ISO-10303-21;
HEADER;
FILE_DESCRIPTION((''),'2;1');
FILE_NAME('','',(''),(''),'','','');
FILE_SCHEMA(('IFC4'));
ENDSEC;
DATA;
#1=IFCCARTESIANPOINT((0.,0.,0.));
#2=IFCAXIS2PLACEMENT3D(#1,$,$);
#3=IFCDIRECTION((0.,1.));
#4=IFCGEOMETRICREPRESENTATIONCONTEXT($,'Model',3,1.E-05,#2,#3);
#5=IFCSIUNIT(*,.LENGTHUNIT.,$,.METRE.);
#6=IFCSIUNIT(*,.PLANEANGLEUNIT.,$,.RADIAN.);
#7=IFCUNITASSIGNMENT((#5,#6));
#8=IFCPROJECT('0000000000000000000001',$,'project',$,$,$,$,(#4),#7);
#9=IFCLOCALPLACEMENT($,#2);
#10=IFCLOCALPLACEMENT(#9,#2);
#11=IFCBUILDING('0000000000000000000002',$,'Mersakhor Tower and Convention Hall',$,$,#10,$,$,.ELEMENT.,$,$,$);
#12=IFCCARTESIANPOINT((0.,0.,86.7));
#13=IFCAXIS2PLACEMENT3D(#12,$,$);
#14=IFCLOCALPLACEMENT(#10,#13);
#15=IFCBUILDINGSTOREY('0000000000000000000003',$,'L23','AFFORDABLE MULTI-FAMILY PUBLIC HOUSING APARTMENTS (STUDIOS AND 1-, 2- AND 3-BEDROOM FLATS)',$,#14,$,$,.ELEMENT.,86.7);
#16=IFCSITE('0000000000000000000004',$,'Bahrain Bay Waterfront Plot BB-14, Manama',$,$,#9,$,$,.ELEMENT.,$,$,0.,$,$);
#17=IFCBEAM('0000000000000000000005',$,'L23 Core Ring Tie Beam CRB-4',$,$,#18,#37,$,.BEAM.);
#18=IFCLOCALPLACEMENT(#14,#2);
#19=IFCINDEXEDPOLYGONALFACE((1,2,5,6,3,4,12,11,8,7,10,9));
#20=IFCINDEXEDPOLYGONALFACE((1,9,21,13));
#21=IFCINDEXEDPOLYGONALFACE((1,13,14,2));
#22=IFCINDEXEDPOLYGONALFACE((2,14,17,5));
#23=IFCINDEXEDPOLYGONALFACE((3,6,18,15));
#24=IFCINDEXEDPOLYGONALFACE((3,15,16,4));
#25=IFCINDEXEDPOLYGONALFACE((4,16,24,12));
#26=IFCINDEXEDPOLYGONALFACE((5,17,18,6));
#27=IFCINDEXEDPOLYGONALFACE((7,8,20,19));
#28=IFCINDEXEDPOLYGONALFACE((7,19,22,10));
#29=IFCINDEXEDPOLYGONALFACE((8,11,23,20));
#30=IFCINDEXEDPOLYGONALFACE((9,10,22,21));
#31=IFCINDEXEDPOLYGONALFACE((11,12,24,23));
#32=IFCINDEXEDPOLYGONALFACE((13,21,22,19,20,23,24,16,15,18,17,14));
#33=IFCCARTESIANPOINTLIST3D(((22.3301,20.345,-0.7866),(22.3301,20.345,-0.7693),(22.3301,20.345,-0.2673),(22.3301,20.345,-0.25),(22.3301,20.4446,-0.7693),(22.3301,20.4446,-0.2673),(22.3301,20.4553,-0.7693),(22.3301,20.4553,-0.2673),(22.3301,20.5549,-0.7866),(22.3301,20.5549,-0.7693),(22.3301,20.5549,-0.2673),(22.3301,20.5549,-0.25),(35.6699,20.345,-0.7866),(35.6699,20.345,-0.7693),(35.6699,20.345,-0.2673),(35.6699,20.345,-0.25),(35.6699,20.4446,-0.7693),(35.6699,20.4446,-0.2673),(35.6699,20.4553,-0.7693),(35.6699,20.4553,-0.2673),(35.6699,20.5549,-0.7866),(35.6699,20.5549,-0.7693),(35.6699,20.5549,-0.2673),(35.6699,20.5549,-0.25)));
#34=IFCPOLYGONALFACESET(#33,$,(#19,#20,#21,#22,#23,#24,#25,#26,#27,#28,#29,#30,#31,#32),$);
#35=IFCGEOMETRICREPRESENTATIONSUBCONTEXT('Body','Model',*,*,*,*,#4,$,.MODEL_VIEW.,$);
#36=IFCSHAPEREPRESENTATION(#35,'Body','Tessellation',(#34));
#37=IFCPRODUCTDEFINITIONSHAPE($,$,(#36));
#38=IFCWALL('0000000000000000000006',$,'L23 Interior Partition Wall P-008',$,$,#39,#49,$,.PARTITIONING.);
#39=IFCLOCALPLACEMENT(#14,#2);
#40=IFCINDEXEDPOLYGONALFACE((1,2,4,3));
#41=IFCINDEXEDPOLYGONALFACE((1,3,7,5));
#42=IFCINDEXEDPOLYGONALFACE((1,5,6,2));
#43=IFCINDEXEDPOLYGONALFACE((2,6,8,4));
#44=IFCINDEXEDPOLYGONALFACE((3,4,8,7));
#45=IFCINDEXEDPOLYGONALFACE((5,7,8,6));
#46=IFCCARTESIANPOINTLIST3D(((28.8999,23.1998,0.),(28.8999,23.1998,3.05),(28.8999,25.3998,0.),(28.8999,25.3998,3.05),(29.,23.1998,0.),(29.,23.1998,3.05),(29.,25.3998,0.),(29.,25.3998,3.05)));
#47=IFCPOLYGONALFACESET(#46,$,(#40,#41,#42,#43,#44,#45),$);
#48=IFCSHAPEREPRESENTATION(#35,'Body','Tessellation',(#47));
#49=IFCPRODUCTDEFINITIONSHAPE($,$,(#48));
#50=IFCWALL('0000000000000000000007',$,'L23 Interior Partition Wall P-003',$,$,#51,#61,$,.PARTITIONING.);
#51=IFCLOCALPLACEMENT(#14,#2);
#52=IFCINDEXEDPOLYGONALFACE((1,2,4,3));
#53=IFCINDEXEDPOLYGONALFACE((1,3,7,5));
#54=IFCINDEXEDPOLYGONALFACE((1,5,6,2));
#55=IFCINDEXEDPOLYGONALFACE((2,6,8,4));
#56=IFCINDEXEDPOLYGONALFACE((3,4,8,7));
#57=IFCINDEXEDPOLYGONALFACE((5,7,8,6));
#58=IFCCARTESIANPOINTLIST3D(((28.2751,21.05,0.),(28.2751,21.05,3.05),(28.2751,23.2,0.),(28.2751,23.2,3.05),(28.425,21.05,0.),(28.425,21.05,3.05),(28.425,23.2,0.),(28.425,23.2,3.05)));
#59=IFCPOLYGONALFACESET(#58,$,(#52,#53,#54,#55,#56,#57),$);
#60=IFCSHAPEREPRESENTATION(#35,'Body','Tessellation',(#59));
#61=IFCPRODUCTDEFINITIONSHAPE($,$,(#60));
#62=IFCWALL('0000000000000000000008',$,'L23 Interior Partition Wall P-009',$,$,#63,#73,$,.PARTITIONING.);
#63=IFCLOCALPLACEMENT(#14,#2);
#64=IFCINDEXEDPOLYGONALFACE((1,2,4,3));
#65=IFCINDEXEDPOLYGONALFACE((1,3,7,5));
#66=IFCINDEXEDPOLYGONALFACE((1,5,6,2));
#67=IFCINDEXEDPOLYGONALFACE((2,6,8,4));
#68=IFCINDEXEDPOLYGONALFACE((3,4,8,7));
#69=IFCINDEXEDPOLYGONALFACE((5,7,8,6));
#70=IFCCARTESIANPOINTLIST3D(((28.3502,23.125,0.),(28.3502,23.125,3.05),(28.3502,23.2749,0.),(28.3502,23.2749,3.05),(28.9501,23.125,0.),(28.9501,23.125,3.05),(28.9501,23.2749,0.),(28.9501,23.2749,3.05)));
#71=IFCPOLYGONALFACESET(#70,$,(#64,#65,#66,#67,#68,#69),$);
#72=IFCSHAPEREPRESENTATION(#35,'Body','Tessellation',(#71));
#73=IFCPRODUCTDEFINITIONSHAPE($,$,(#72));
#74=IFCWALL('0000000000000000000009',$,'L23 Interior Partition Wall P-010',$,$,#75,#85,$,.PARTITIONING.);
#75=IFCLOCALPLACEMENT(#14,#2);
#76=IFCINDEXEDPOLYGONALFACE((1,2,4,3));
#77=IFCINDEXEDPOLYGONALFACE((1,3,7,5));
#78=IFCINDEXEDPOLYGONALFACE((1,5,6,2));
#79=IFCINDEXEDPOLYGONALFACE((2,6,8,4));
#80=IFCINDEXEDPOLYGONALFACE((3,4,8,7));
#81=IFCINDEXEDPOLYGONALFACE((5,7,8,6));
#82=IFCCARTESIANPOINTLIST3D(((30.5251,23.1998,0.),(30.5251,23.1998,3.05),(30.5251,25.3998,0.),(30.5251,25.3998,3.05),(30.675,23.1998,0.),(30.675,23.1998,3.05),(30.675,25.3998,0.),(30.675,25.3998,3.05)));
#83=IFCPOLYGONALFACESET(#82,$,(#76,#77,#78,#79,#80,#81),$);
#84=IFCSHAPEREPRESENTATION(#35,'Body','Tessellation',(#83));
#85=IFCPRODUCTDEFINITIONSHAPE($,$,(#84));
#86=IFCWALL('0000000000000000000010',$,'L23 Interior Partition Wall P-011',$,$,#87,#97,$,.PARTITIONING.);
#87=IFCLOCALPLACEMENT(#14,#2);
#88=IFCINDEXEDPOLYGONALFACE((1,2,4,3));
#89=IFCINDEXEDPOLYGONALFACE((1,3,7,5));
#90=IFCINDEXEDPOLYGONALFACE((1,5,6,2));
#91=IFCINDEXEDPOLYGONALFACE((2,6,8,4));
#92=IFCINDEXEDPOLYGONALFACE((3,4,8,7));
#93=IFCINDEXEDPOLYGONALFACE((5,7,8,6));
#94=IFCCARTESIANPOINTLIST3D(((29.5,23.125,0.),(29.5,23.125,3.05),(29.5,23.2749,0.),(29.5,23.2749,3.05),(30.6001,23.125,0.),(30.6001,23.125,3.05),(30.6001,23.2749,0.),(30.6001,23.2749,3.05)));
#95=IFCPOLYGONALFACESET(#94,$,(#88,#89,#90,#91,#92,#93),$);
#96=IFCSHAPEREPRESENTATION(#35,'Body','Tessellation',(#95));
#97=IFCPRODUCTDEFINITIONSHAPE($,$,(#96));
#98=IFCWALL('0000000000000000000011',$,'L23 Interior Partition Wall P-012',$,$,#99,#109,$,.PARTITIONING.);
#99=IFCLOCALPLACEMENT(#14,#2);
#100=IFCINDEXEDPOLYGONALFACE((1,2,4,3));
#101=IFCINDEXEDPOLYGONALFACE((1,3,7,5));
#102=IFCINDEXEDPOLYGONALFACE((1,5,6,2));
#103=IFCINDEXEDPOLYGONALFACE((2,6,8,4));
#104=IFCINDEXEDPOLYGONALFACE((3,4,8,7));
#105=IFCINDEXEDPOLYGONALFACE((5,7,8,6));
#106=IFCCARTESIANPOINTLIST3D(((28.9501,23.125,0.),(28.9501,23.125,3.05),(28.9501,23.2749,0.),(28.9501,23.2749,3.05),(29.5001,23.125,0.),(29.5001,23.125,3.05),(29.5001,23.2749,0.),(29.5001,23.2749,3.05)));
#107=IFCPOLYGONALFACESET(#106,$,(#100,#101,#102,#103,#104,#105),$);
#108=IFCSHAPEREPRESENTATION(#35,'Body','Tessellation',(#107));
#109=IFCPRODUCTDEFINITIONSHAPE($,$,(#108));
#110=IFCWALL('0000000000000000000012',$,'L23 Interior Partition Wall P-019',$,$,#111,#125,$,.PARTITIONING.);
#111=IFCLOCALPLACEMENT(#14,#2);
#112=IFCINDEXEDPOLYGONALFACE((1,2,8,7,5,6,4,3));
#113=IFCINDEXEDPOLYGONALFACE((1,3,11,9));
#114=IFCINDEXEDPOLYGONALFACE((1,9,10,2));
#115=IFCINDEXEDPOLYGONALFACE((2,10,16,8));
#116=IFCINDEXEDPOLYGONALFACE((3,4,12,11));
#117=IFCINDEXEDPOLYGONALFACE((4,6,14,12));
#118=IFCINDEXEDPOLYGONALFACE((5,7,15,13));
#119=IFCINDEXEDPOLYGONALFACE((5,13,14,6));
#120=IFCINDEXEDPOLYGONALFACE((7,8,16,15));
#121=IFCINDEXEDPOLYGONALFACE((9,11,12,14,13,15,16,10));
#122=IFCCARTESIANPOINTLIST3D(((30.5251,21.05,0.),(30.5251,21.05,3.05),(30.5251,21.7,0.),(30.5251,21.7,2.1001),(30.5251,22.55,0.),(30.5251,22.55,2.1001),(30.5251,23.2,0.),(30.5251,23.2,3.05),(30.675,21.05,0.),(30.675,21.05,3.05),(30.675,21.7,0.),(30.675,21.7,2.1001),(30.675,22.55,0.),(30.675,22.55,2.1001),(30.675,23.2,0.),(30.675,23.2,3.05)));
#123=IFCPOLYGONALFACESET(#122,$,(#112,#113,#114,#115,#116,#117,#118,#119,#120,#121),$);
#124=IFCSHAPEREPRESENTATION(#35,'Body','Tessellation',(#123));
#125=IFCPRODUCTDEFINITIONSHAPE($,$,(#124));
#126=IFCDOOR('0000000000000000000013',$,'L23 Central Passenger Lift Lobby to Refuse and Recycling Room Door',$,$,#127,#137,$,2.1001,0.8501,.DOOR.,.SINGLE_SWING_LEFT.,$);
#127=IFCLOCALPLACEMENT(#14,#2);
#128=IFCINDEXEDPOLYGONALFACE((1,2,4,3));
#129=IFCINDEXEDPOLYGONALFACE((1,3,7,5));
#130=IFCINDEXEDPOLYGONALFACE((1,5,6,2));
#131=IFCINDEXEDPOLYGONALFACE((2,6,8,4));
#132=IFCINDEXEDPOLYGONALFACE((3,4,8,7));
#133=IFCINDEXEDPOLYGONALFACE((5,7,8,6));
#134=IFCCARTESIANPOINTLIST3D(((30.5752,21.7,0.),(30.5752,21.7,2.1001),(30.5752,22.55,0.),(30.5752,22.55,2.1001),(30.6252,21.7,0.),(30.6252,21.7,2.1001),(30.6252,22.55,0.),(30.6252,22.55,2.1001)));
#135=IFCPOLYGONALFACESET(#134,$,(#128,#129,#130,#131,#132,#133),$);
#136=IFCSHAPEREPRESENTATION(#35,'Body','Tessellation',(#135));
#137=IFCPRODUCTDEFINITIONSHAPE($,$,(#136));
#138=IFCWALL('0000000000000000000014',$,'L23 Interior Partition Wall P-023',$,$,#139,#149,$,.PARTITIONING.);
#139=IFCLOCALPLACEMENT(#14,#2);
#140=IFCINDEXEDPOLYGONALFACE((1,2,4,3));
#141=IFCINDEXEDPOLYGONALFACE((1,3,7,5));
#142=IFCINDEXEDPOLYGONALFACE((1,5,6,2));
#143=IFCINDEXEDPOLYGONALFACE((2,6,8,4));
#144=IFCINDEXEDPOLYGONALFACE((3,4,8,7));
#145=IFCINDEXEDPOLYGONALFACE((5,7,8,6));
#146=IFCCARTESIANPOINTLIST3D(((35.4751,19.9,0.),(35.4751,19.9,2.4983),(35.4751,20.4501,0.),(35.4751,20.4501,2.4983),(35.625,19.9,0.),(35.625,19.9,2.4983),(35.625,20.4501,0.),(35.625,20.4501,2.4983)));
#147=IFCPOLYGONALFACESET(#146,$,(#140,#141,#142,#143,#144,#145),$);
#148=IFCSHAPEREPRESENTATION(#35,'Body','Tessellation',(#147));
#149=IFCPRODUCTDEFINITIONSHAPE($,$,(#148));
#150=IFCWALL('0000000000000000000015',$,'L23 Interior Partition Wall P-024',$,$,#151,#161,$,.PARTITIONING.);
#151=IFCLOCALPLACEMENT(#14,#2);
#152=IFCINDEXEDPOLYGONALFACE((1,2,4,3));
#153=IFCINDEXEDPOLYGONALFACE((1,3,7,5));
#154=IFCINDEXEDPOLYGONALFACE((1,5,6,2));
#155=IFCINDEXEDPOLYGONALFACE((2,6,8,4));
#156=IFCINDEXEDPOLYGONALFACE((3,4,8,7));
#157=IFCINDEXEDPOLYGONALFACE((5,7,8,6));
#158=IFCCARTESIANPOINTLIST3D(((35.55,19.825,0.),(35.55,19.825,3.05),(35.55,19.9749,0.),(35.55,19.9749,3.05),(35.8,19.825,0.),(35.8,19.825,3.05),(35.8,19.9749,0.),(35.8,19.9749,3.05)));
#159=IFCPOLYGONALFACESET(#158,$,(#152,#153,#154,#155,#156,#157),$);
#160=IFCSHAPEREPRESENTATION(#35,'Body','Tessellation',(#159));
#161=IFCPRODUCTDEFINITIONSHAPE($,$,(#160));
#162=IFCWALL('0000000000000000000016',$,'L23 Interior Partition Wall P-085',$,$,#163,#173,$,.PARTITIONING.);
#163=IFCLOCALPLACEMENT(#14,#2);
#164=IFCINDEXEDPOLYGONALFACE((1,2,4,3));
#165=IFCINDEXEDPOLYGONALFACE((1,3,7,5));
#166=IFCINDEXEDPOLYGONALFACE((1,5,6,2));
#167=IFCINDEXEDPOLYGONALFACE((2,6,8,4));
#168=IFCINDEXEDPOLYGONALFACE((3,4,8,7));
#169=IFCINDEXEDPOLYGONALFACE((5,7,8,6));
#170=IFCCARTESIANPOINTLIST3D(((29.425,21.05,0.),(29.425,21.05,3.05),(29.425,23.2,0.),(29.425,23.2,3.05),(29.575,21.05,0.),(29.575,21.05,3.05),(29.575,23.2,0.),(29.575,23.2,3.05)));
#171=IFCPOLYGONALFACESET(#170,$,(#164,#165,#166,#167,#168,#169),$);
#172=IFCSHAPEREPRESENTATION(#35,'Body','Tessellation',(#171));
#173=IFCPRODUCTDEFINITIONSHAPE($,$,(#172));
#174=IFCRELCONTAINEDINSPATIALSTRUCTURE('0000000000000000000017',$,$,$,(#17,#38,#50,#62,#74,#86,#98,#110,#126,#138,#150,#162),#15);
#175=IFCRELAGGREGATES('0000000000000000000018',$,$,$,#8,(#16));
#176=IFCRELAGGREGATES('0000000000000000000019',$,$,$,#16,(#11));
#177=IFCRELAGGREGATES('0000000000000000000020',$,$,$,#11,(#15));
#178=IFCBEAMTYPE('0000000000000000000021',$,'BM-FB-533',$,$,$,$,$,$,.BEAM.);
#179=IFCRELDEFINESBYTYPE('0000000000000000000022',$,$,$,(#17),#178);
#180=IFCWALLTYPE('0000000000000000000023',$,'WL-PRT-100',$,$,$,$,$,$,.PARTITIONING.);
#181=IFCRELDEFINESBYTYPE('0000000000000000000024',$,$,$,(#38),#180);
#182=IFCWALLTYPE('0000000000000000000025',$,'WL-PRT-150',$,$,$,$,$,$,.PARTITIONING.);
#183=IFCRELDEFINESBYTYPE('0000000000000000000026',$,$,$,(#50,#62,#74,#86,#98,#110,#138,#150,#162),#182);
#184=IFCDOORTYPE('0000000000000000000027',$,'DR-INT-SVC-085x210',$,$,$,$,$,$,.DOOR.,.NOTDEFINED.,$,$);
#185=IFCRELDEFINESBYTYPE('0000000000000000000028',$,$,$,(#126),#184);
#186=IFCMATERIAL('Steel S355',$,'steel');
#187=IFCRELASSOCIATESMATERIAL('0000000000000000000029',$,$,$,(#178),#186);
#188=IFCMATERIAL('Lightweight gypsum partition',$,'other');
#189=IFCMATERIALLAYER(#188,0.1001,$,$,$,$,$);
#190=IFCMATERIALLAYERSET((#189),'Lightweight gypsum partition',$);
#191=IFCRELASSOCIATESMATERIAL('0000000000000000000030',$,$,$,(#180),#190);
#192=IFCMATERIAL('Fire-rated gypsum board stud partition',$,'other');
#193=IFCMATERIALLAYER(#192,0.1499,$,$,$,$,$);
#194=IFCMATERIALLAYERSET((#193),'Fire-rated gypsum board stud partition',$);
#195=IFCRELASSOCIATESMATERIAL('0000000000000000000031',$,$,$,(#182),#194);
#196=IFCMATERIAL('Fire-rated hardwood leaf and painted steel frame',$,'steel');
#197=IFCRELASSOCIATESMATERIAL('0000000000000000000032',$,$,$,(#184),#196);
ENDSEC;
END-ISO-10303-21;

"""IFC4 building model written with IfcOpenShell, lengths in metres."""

from ifc_helpers import new_model, si_unit, direction, frame, frame_2d, origin, origin_2d, place, context, subcontext, project, spatial, rectangle, i_section, extrude, material, layer, layer_set, material_profile, profile_set, type_object, element, fill, save


model = new_model("IFC4")

# Units and contexts
model_context = context("Model", 3, precision=1e-05, world=origin(), true_north=direction((0.0, 1.0)))
body_context = subcontext(model_context, "Body", "Model", "MODEL_VIEW")
ifc_project = project(units=[si_unit("LENGTHUNIT", "METRE"), si_unit("PLANEANGLEUNIT", "RADIAN")], contexts=[model_context])

# Site, building, storey
site_placement = place(None, origin())
site = spatial("IfcSite", under=ifc_project, at=site_placement, Name="Bahrain Bay Waterfront Plot BB-14, Manama", CompositionType="ELEMENT", RefElevation=0.0)
building_placement = place(site_placement, origin())
building = spatial("IfcBuilding", under=site, at=building_placement, Name="Mersakhor Tower and Convention Hall", CompositionType="ELEMENT")
storey_placement = place(building_placement, frame((0.0, 0.0, 86.7)))
storey = spatial("IfcBuildingStorey", under=building, at=storey_placement, Name="L23", Description="AFFORDABLE MULTI-FAMILY PUBLIC HOUSING APARTMENTS (STUDIOS AND 1-, 2- AND 3-BEDROOM FLATS)", CompositionType="ELEMENT", Elevation=86.7)

# Beam
ifc_material_1 = material(Name="Steel S355", Category="steel")
ifc_material_profile = material_profile(ifc_material_1, i_section(OverallWidth=0.21, OverallDepth=0.5366, WebThickness=0.0107, FlangeThickness=0.0173, at=origin_2d()), Name="UB 533x210x101")
ifc_profile_set = profile_set([ifc_material_profile], Name="Steel S355")
beam_type = type_object("IfcBeamType", Name="BM-FB-533", PredefinedType="BEAM", material=ifc_profile_set)
beam_placement = place(storey_placement, frame((35.6699, 20.45, -0.5183), z_axis=(-1.0, 0.0, 0.0), x_axis=(0.0, -1.0, 0.0)))
element("IfcBeam", 1, at=beam_placement, inside=storey, type_object=beam_type, Name="L23 Core Ring Tie Beam CRB-4", PredefinedType="BEAM", context=body_context, shape_type="SweptSolid", body=[
    extrude(i_section(OverallWidth=0.21, OverallDepth=0.5366, WebThickness=0.0107, FlangeThickness=0.0173, at=origin_2d()), origin(), (0.0, 0.0, 1.0), 13.3398),
])

# Walls
ifc_material_2 = material(Name="Lightweight gypsum partition", Category="other")
ifc_layer_1 = layer(ifc_material_2, 0.1001)
ifc_layer_set_1 = layer_set([ifc_layer_1], Name="Lightweight gypsum partition")
wall_type_1 = type_object("IfcWallType", Name="WL-PRT-100", PredefinedType="PARTITIONING", material=ifc_layer_set_1)
wall_1_placement = place(storey_placement, frame((28.95, 25.3999, 0.0), z_axis=(0.0, 0.0, 1.0), x_axis=(0.0, -1.0, 0.0)))
element("IfcWall", 2, at=wall_1_placement, inside=storey, type_object=wall_type_1, Name="L23 Interior Partition Wall P-008", PredefinedType="PARTITIONING", context=body_context, shape_type="SweptSolid", body=[
    extrude(rectangle(XDim=2.2, YDim=0.1001, at=frame_2d((1.1001, 0.0))), origin(), (0.0, 0.0, 1.0), 3.05),
])
ifc_material_3 = material(Name="Fire-rated gypsum board stud partition", Category="other")
ifc_layer_2 = layer(ifc_material_3, 0.1499)
ifc_layer_set_2 = layer_set([ifc_layer_2], Name="Fire-rated gypsum board stud partition")
wall_type_2 = type_object("IfcWallType", Name="WL-PRT-150", PredefinedType="PARTITIONING", material=ifc_layer_set_2)
wall_2_placement = place(storey_placement, frame((28.3501, 23.2, 0.0), z_axis=(0.0, 0.0, 1.0), x_axis=(0.0, -1.0, 0.0)))
element("IfcWall", 3, at=wall_2_placement, inside=storey, type_object=wall_type_2, Name="L23 Interior Partition Wall P-003", PredefinedType="PARTITIONING", context=body_context, shape_type="SweptSolid", body=[
    extrude(rectangle(XDim=2.1499, YDim=0.1499, at=frame_2d((1.075, 0.0))), origin(), (0.0, 0.0, 1.0), 3.05),
])
wall_3_placement = place(storey_placement, frame((28.95, 23.2, 0.0), z_axis=(0.0, 0.0, 1.0), x_axis=(-1.0, 0.0, 0.0)))
element("IfcWall", 4, at=wall_3_placement, inside=storey, type_object=wall_type_2, Name="L23 Interior Partition Wall P-009", PredefinedType="PARTITIONING", context=body_context, shape_type="SweptSolid", body=[
    extrude(rectangle(XDim=0.5999, YDim=0.1499, at=frame_2d((0.2998, 0.0))), origin(), (0.0, 0.0, 1.0), 3.05),
])
wall_4_placement = place(storey_placement, frame((30.6001, 25.3999, 0.0), z_axis=(0.0, 0.0, 1.0), x_axis=(0.0, -1.0, 0.0)))
element("IfcWall", 5, at=wall_4_placement, inside=storey, type_object=wall_type_2, Name="L23 Interior Partition Wall P-010", PredefinedType="PARTITIONING", context=body_context, shape_type="SweptSolid", body=[
    extrude(rectangle(XDim=2.2, YDim=0.1499, at=frame_2d((1.1001, 0.0))), origin(), (0.0, 0.0, 1.0), 3.05),
])
wall_5_placement = place(storey_placement, frame((30.6001, 23.2, 0.0), z_axis=(0.0, 0.0, 1.0), x_axis=(-1.0, 0.0, 0.0)))
element("IfcWall", 6, at=wall_5_placement, inside=storey, type_object=wall_type_2, Name="L23 Interior Partition Wall P-011", PredefinedType="PARTITIONING", context=body_context, shape_type="SweptSolid", body=[
    extrude(rectangle(XDim=1.1001, YDim=0.1499, at=frame_2d((0.55, 0.0))), origin(), (0.0, 0.0, 1.0), 3.05),
])
wall_6_placement = place(storey_placement, frame((29.5, 23.2, 0.0), z_axis=(0.0, 0.0, 1.0), x_axis=(-1.0, 0.0, 0.0)))
element("IfcWall", 7, at=wall_6_placement, inside=storey, type_object=wall_type_2, Name="L23 Interior Partition Wall P-012", PredefinedType="PARTITIONING", context=body_context, shape_type="SweptSolid", body=[
    extrude(rectangle(XDim=0.55, YDim=0.1499, at=frame_2d((0.2749, 0.0))), origin(), (0.0, 0.0, 1.0), 3.05),
])

# Wall, opening, door
wall_7_placement = place(storey_placement, frame((30.6001, 21.05, 0.0), z_axis=(0.0, 0.0, 1.0), x_axis=(0.0, 1.0, 0.0)))
wall_7 = element("IfcWall", 8, at=wall_7_placement, inside=storey, type_object=wall_type_2, Name="L23 Interior Partition Wall P-019", PredefinedType="PARTITIONING", context=body_context, shape_type="SweptSolid", body=[
    extrude(rectangle(XDim=2.1499, YDim=0.1499, at=frame_2d((1.075, 0.0))), origin(), (0.0, 0.0, 1.0), 3.05),
])
opening_1_placement = place(wall_7_placement, frame((0.6499, 0.0, 0.0)))
opening_1 = element("IfcOpeningElement", 9, at=opening_1_placement, cuts=wall_7, PredefinedType="OPENING", context=body_context, shape_type="SweptSolid", body=[
    extrude(rectangle(XDim=0.8501, YDim=2.1001, at=frame_2d((0.425, 1.05))), frame((0.0, 0.085, 0.0), z_axis=(0.0, -1.0, 0.0), x_axis=(1.0, 0.0, 0.0)), (0.0, 0.0, 1.0), 0.1699),
])
ifc_material_4 = material(Name="Fire-rated hardwood leaf and painted steel frame", Category="steel")
door_type_1 = type_object("IfcDoorType", Name="DR-INT-SVC-085x210", OperationType="NOTDEFINED", PredefinedType="DOOR", material=ifc_material_4)
door_1_placement = place(opening_1_placement, origin())
door_1 = element("IfcDoor", 10, at=door_1_placement, inside=storey, type_object=door_type_1, Name="L23 Central Passenger Lift Lobby to Refuse and Recycling Room Door", OperationType="SINGLE_SWING_LEFT", OverallHeight=2.1001, OverallWidth=0.8501, PredefinedType="DOOR", context=body_context, shape_type="SweptSolid", body=[
    extrude(rectangle(XDim=0.8501, YDim=2.1001, at=frame_2d((0.425, 1.05))), frame((0.0, 0.0249, 0.0), z_axis=(0.0, -1.0, 0.0), x_axis=(1.0, 0.0, 0.0)), (0.0, 0.0, 1.0), 0.05),
])
fill(opening_1, door_1)

# Walls
wall_8_placement = place(storey_placement, frame((35.55, 20.45, 0.0), z_axis=(0.0, 0.0, 1.0), x_axis=(0.0, -1.0, 0.0)))
element("IfcWall", 11, at=wall_8_placement, inside=storey, type_object=wall_type_2, Name="L23 Interior Partition Wall P-023", PredefinedType="PARTITIONING", context=body_context, shape_type="SweptSolid", body=[
    extrude(rectangle(XDim=0.55, YDim=0.1499, at=frame_2d((0.2749, 0.0))), origin(), (0.0, 0.0, 1.0), 2.4983),
])
wall_9_placement = place(storey_placement, frame((35.55, 19.8999, 0.0), z_axis=(0.0, 0.0, 1.0), x_axis=(1.0, 0.0, 0.0)))
element("IfcWall", 12, at=wall_9_placement, inside=storey, type_object=wall_type_2, Name="L23 Interior Partition Wall P-024", PredefinedType="PARTITIONING", context=body_context, shape_type="SweptSolid", body=[
    extrude(rectangle(XDim=0.25, YDim=0.1499, at=frame_2d((0.125, 0.0))), origin(), (0.0, 0.0, 1.0), 3.05),
])
wall_10_placement = place(storey_placement, frame((29.5, 23.2, 0.0), z_axis=(0.0, 0.0, 1.0), x_axis=(0.0, -1.0, 0.0)))
element("IfcWall", 13, at=wall_10_placement, inside=storey, type_object=wall_type_2, Name="L23 Interior Partition Wall P-085", PredefinedType="PARTITIONING", context=body_context, shape_type="SweptSolid", body=[
    extrude(rectangle(XDim=2.1499, YDim=0.1499, at=frame_2d((1.075, 0.0))), origin(), (0.0, 0.0, 1.0), 3.05),
])

save(model, "model.ifc")
